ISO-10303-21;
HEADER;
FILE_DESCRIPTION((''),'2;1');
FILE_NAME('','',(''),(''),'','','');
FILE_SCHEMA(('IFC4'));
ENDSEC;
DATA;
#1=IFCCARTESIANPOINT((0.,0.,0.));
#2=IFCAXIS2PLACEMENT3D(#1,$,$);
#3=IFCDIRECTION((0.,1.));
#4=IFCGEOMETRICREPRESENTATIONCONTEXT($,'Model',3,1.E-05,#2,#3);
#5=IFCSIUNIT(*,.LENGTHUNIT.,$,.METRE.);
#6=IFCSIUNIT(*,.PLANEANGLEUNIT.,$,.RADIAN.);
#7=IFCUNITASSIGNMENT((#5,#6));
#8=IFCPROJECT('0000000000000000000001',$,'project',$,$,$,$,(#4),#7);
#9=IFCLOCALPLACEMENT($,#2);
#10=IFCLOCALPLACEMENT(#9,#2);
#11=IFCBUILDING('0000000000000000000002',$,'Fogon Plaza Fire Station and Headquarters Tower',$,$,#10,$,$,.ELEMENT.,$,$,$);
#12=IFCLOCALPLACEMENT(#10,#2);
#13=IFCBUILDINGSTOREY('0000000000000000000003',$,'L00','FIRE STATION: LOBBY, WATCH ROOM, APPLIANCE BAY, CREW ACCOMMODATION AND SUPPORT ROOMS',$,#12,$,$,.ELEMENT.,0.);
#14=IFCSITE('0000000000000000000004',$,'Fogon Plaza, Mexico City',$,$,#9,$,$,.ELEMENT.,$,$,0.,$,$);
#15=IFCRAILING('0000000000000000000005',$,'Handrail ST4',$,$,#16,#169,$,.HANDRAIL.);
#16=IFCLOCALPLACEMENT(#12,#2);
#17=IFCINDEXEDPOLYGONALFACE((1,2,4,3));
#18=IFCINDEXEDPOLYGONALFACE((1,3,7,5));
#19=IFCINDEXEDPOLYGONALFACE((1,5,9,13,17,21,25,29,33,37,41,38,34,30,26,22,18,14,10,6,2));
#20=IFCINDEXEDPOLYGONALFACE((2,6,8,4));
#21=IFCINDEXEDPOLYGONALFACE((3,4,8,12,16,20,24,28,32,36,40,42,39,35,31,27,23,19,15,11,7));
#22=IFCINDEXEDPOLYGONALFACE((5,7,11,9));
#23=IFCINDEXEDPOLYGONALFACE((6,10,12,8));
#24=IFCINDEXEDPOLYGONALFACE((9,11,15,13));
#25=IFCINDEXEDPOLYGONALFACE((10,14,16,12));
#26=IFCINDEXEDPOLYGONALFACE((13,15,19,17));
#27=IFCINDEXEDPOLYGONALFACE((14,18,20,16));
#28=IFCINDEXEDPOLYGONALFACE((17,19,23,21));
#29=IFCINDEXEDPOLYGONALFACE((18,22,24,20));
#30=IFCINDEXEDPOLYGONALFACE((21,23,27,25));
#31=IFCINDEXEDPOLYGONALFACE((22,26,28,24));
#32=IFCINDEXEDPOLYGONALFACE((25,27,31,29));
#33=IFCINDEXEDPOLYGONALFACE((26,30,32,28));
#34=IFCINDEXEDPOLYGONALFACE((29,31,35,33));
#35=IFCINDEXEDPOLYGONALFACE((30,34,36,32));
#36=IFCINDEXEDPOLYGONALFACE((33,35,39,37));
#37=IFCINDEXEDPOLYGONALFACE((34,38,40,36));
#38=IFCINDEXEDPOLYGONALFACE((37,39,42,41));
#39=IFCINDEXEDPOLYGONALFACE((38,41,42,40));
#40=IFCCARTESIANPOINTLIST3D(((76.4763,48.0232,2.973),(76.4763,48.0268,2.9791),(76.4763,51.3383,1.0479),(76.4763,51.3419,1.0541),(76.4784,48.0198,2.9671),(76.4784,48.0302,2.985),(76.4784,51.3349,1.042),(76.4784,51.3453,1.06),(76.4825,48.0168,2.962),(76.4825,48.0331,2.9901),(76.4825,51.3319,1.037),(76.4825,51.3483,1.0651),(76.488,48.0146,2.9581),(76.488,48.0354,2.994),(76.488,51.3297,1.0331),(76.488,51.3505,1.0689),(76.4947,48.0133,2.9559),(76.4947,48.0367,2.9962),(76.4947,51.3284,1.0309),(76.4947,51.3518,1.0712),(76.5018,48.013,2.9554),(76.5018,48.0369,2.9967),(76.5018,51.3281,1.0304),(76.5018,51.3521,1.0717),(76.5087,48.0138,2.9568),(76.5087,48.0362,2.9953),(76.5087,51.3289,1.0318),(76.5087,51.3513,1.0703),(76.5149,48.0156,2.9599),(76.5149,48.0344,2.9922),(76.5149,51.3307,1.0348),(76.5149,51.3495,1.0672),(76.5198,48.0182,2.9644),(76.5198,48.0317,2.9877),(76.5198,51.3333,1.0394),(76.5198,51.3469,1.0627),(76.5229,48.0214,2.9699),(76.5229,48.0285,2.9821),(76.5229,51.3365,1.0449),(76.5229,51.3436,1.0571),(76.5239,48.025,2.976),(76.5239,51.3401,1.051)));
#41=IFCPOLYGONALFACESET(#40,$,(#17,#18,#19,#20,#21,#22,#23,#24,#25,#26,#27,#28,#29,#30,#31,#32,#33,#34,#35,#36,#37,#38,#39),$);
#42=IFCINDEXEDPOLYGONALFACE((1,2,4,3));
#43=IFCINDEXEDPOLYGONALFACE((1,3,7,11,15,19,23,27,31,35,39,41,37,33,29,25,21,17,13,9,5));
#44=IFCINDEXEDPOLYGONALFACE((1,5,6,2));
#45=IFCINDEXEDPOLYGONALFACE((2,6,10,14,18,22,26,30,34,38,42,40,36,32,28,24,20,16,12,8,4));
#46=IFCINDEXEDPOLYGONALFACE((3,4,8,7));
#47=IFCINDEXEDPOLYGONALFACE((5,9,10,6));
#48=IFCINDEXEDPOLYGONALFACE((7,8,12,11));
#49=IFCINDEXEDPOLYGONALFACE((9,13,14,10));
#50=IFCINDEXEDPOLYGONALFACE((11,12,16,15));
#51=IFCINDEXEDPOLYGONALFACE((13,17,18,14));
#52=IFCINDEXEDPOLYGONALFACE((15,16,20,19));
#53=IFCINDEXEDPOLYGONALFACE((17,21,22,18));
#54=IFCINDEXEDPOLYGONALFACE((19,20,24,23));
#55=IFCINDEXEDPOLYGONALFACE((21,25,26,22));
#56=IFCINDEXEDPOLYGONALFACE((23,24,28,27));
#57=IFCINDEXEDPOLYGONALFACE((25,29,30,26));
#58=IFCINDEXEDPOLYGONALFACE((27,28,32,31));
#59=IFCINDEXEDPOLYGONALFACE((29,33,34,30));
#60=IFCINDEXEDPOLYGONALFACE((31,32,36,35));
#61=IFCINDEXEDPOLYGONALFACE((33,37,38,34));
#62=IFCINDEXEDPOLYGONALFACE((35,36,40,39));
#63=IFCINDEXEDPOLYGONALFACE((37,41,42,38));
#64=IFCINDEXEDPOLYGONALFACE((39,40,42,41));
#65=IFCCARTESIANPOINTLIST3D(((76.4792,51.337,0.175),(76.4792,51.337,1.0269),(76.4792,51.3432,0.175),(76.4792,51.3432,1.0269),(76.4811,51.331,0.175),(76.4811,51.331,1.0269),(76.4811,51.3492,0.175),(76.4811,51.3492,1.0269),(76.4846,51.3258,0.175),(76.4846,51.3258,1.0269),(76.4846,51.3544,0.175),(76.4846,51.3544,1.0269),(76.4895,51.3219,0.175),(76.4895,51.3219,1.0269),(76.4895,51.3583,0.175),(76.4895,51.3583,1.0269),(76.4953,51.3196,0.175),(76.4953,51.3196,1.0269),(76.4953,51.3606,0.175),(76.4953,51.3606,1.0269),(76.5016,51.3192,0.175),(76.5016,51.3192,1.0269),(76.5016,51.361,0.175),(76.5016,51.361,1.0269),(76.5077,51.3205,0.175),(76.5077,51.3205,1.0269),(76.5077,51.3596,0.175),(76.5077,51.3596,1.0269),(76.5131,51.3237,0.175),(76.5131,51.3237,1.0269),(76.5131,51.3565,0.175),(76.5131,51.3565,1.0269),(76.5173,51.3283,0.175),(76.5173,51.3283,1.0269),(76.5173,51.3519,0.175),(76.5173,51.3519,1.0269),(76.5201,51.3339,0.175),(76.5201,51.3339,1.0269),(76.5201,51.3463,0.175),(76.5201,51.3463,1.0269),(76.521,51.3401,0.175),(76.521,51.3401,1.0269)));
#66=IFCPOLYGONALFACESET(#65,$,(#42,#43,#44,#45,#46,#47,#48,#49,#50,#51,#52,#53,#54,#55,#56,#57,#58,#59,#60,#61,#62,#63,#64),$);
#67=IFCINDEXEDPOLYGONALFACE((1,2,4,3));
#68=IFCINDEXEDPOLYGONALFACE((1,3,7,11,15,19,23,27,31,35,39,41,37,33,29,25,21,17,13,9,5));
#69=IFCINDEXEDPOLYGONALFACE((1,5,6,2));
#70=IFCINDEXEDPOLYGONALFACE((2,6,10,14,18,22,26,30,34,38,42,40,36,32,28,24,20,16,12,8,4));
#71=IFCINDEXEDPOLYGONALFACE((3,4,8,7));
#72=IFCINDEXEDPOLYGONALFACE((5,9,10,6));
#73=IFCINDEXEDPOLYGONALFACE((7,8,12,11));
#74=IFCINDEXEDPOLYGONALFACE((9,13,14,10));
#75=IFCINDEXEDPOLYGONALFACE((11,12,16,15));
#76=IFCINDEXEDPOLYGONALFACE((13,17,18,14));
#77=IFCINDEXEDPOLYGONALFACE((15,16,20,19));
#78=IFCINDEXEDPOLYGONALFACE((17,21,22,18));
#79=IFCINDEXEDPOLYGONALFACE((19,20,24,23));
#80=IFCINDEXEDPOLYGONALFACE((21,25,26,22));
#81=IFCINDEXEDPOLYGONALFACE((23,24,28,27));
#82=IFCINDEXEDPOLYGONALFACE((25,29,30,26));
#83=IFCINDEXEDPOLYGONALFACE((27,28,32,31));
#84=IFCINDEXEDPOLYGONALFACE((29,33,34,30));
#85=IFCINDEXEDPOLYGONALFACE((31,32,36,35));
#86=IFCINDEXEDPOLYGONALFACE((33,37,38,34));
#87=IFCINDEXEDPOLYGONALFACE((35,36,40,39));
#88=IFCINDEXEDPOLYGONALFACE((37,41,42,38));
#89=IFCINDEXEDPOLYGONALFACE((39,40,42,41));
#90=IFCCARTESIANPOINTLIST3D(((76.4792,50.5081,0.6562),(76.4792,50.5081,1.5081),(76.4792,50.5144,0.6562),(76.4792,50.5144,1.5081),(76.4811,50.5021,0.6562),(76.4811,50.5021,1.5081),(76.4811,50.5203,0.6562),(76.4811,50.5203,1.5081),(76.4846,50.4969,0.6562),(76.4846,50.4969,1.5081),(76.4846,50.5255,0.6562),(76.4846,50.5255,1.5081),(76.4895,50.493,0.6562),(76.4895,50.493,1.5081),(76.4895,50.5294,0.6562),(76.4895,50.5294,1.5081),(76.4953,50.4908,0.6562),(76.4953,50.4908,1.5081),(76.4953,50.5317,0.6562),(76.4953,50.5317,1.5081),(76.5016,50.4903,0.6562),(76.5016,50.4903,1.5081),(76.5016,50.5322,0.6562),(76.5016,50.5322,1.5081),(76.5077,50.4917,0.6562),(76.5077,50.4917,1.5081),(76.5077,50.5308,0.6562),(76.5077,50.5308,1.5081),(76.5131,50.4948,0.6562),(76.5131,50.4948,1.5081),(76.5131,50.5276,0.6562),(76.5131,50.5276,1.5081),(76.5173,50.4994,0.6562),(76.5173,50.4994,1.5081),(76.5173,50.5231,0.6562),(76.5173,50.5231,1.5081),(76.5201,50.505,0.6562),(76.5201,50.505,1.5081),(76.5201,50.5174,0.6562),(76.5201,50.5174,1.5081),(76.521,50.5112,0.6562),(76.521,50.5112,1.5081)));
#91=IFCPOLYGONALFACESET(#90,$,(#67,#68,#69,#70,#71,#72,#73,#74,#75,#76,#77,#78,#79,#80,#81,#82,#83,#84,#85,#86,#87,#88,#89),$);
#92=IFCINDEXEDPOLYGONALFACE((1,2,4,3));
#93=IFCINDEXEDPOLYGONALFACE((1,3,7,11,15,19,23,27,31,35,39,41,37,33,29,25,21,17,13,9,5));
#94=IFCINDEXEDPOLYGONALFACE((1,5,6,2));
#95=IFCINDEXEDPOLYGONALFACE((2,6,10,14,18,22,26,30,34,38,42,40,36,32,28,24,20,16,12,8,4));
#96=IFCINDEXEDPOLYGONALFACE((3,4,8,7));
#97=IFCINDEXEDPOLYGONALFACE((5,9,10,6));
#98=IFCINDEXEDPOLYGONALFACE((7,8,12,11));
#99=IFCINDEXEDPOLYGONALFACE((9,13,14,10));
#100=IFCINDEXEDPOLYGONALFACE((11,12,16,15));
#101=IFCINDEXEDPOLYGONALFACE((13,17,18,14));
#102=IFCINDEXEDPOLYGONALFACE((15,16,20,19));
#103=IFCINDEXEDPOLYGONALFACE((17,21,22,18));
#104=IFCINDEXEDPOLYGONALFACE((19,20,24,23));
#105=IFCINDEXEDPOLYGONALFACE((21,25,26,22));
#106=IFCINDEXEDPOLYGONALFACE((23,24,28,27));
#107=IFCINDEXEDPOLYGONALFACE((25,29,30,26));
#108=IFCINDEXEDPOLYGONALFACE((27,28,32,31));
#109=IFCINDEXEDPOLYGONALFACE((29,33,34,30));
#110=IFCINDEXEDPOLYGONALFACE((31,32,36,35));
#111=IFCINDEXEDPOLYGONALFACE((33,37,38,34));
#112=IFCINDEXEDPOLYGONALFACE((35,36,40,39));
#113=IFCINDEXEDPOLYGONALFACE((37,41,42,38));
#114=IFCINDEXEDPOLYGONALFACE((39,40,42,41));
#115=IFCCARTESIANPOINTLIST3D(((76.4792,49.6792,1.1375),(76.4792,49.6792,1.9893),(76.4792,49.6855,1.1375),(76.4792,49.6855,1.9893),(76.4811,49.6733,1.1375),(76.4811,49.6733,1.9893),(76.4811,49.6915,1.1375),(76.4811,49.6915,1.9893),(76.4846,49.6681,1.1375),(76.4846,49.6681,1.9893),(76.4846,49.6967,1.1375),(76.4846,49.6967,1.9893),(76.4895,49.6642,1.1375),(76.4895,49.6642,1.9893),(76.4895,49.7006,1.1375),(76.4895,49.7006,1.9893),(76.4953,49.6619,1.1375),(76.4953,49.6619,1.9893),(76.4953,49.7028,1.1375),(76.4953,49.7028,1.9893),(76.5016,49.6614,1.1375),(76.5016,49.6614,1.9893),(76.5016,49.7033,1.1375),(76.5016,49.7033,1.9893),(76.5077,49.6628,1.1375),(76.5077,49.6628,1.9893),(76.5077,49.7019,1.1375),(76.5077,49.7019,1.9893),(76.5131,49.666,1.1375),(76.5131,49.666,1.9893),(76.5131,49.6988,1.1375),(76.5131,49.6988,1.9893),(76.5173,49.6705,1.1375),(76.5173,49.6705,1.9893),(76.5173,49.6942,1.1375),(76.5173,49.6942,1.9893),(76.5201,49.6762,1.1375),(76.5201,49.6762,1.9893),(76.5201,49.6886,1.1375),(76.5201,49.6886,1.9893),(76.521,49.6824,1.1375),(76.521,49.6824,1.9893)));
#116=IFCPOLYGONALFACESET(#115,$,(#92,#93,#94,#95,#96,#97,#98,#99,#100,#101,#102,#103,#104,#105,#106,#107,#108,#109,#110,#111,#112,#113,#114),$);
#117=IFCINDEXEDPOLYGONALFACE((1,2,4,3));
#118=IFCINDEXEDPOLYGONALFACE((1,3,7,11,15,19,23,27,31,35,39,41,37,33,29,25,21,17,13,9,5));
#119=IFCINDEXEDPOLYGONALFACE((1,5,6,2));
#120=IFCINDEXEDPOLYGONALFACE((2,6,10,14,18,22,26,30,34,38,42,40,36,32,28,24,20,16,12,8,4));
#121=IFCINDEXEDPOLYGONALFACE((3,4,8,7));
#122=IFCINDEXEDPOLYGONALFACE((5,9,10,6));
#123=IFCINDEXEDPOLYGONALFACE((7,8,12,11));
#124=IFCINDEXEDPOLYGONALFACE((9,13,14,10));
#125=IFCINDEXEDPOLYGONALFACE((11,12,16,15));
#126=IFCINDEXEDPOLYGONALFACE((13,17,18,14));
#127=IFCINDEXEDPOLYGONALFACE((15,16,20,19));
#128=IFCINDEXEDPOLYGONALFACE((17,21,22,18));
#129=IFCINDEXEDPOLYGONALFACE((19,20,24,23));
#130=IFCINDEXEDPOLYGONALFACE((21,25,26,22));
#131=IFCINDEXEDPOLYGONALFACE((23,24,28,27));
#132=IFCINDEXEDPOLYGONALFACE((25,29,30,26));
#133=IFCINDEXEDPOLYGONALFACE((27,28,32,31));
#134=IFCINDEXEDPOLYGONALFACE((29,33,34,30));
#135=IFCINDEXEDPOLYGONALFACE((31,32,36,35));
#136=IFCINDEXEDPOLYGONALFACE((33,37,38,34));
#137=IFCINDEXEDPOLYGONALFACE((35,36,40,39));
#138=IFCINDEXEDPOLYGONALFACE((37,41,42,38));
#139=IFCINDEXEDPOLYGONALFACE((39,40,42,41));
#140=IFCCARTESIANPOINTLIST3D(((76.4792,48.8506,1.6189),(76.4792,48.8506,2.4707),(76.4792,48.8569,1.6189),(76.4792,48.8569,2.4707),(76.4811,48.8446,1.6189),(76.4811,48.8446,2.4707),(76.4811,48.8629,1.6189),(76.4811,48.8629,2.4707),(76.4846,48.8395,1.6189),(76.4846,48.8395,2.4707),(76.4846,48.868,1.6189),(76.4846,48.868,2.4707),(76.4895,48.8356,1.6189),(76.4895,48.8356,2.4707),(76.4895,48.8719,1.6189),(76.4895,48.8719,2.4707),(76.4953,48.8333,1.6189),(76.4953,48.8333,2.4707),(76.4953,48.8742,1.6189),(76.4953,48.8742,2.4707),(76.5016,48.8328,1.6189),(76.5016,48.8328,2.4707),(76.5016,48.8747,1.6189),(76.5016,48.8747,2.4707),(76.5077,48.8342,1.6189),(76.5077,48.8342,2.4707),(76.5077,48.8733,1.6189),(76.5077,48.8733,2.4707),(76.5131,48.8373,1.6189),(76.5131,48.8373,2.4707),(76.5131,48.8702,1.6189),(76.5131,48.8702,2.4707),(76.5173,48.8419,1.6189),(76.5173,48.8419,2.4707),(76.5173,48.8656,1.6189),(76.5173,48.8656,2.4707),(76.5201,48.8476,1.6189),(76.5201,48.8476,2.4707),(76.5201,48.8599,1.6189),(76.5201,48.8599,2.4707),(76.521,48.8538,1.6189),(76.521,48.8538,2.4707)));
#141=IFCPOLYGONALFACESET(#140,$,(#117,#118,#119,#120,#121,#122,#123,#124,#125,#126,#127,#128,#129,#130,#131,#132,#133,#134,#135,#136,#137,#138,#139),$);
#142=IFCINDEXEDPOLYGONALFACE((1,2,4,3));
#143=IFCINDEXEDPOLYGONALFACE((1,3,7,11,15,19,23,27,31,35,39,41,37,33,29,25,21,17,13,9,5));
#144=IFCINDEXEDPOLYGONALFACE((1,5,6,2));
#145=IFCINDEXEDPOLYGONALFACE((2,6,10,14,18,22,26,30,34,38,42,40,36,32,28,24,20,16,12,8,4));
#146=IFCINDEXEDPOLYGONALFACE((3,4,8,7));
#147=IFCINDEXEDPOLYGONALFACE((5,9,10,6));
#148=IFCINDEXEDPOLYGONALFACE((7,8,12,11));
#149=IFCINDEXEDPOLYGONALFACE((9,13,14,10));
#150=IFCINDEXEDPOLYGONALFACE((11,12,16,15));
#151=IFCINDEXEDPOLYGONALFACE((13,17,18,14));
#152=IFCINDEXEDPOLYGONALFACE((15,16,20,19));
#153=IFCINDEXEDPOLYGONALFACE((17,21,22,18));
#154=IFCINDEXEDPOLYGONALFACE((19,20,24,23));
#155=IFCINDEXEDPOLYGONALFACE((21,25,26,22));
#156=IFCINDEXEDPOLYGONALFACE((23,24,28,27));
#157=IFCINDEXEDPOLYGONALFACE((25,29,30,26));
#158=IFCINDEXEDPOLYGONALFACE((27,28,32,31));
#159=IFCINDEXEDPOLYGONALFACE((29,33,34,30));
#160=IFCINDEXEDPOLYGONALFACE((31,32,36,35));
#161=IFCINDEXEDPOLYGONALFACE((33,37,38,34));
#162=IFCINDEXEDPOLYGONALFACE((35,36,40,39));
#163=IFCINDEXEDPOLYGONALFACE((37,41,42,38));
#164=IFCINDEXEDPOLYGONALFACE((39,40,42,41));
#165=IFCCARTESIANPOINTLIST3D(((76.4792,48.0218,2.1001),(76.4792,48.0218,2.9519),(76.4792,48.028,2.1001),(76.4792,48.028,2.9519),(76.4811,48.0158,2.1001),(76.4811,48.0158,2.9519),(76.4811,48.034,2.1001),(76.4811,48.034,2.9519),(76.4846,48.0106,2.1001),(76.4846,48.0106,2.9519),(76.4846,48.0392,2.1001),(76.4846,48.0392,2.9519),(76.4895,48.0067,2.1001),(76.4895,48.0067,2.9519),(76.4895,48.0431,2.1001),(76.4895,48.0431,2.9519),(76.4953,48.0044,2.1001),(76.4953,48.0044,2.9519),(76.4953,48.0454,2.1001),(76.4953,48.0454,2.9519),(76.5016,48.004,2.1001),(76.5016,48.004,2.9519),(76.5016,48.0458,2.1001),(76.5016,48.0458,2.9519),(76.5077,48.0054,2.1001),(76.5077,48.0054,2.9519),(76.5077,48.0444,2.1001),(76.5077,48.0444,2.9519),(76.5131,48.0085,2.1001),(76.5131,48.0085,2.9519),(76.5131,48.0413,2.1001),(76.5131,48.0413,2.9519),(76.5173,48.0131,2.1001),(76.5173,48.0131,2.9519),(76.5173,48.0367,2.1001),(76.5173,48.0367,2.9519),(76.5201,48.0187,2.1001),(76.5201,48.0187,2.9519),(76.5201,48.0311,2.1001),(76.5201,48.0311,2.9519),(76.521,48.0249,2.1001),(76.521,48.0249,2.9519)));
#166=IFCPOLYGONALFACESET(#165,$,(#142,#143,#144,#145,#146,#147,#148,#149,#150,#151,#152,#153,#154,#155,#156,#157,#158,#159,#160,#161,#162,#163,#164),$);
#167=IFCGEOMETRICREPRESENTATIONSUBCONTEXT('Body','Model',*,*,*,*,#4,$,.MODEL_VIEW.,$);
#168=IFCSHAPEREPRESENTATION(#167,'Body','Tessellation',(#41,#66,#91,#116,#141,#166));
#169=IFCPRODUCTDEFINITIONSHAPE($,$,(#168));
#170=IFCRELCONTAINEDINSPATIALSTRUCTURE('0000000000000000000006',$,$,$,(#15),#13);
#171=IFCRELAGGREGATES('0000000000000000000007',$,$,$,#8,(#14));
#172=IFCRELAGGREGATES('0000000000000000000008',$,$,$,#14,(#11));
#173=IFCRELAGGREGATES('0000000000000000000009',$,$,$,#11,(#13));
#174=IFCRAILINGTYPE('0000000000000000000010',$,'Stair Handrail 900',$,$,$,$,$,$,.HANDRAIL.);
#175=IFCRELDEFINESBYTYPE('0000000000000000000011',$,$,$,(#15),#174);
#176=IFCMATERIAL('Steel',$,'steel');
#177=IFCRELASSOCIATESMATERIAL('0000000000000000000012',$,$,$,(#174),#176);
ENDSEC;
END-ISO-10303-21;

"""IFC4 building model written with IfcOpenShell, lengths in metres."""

from ifc_helpers import new_model, si_unit, direction, frame, origin, origin_2d, place, context, subcontext, project, spatial, circle, extrude, material, type_object, element, save


model = new_model("IFC4")

# Units and contexts
model_context = context("Model", 3, precision=1e-05, world=origin(), true_north=direction((0.0, 1.0)))
body_context = subcontext(model_context, "Body", "Model", "MODEL_VIEW")
ifc_project = project(units=[si_unit("LENGTHUNIT", "METRE"), si_unit("PLANEANGLEUNIT", "RADIAN")], contexts=[model_context])

# Site, building, storey
site_placement = place(None, origin())
site = spatial("IfcSite", under=ifc_project, at=site_placement, Name="Fogon Plaza, Mexico City", CompositionType="ELEMENT", RefElevation=0.0)
building_placement = place(site_placement, origin())
building = spatial("IfcBuilding", under=site, at=building_placement, Name="Fogon Plaza Fire Station and Headquarters Tower", CompositionType="ELEMENT")
storey_placement = place(building_placement, origin())
storey = spatial("IfcBuildingStorey", under=building, at=storey_placement, Name="L00", Description="FIRE STATION: LOBBY, WATCH ROOM, APPLIANCE BAY, CREW ACCOMMODATION AND SUPPORT ROOMS", CompositionType="ELEMENT", Elevation=0.0)

# Railing
ifc_material_1 = material(Name="Steel", Category="steel")
railing_type = type_object("IfcRailingType", Name="Stair Handrail 900", PredefinedType="HANDRAIL", material=ifc_material_1)
for number, where, name in (
    (1, (76.5, 51.3401, 0.175), "Handrail ST4"),
):
    element("IfcRailing", number, at=place(storey_placement, frame(where)), inside=storey, type_object=railing_type, Name=name, PredefinedType="HANDRAIL", context=body_context, shape_type="SweptSolid", body=[
        extrude(circle(Radius=0.0239, at=origin_2d()), frame((0.0, 0.0, 0.876), z_axis=(0.0, -0.864777, 0.502155), x_axis=(1.0, 0.0, 0.0)), (0.0, 0.0, 1.0), 3.8335),
        extrude(circle(Radius=0.021, at=origin_2d()), origin(), (0.0, 0.0, 1.0), 0.8518),
        extrude(circle(Radius=0.021, at=origin_2d()), frame((0.0, -0.8289, 0.4812)), (0.0, 0.0, 1.0), 0.8518),
        extrude(circle(Radius=0.021, at=origin_2d()), frame((0.0, -1.6577, 0.9624)), (0.0, 0.0, 1.0), 0.8518),
        extrude(circle(Radius=0.021, at=origin_2d()), frame((0.0, -2.4863, 1.4438)), (0.0, 0.0, 1.0), 0.8518),
        extrude(circle(Radius=0.021, at=origin_2d()), frame((0.0, -3.3152, 1.925)), (0.0, 0.0, 1.0), 0.8518),
    ])

save(model, "model.ifc")
